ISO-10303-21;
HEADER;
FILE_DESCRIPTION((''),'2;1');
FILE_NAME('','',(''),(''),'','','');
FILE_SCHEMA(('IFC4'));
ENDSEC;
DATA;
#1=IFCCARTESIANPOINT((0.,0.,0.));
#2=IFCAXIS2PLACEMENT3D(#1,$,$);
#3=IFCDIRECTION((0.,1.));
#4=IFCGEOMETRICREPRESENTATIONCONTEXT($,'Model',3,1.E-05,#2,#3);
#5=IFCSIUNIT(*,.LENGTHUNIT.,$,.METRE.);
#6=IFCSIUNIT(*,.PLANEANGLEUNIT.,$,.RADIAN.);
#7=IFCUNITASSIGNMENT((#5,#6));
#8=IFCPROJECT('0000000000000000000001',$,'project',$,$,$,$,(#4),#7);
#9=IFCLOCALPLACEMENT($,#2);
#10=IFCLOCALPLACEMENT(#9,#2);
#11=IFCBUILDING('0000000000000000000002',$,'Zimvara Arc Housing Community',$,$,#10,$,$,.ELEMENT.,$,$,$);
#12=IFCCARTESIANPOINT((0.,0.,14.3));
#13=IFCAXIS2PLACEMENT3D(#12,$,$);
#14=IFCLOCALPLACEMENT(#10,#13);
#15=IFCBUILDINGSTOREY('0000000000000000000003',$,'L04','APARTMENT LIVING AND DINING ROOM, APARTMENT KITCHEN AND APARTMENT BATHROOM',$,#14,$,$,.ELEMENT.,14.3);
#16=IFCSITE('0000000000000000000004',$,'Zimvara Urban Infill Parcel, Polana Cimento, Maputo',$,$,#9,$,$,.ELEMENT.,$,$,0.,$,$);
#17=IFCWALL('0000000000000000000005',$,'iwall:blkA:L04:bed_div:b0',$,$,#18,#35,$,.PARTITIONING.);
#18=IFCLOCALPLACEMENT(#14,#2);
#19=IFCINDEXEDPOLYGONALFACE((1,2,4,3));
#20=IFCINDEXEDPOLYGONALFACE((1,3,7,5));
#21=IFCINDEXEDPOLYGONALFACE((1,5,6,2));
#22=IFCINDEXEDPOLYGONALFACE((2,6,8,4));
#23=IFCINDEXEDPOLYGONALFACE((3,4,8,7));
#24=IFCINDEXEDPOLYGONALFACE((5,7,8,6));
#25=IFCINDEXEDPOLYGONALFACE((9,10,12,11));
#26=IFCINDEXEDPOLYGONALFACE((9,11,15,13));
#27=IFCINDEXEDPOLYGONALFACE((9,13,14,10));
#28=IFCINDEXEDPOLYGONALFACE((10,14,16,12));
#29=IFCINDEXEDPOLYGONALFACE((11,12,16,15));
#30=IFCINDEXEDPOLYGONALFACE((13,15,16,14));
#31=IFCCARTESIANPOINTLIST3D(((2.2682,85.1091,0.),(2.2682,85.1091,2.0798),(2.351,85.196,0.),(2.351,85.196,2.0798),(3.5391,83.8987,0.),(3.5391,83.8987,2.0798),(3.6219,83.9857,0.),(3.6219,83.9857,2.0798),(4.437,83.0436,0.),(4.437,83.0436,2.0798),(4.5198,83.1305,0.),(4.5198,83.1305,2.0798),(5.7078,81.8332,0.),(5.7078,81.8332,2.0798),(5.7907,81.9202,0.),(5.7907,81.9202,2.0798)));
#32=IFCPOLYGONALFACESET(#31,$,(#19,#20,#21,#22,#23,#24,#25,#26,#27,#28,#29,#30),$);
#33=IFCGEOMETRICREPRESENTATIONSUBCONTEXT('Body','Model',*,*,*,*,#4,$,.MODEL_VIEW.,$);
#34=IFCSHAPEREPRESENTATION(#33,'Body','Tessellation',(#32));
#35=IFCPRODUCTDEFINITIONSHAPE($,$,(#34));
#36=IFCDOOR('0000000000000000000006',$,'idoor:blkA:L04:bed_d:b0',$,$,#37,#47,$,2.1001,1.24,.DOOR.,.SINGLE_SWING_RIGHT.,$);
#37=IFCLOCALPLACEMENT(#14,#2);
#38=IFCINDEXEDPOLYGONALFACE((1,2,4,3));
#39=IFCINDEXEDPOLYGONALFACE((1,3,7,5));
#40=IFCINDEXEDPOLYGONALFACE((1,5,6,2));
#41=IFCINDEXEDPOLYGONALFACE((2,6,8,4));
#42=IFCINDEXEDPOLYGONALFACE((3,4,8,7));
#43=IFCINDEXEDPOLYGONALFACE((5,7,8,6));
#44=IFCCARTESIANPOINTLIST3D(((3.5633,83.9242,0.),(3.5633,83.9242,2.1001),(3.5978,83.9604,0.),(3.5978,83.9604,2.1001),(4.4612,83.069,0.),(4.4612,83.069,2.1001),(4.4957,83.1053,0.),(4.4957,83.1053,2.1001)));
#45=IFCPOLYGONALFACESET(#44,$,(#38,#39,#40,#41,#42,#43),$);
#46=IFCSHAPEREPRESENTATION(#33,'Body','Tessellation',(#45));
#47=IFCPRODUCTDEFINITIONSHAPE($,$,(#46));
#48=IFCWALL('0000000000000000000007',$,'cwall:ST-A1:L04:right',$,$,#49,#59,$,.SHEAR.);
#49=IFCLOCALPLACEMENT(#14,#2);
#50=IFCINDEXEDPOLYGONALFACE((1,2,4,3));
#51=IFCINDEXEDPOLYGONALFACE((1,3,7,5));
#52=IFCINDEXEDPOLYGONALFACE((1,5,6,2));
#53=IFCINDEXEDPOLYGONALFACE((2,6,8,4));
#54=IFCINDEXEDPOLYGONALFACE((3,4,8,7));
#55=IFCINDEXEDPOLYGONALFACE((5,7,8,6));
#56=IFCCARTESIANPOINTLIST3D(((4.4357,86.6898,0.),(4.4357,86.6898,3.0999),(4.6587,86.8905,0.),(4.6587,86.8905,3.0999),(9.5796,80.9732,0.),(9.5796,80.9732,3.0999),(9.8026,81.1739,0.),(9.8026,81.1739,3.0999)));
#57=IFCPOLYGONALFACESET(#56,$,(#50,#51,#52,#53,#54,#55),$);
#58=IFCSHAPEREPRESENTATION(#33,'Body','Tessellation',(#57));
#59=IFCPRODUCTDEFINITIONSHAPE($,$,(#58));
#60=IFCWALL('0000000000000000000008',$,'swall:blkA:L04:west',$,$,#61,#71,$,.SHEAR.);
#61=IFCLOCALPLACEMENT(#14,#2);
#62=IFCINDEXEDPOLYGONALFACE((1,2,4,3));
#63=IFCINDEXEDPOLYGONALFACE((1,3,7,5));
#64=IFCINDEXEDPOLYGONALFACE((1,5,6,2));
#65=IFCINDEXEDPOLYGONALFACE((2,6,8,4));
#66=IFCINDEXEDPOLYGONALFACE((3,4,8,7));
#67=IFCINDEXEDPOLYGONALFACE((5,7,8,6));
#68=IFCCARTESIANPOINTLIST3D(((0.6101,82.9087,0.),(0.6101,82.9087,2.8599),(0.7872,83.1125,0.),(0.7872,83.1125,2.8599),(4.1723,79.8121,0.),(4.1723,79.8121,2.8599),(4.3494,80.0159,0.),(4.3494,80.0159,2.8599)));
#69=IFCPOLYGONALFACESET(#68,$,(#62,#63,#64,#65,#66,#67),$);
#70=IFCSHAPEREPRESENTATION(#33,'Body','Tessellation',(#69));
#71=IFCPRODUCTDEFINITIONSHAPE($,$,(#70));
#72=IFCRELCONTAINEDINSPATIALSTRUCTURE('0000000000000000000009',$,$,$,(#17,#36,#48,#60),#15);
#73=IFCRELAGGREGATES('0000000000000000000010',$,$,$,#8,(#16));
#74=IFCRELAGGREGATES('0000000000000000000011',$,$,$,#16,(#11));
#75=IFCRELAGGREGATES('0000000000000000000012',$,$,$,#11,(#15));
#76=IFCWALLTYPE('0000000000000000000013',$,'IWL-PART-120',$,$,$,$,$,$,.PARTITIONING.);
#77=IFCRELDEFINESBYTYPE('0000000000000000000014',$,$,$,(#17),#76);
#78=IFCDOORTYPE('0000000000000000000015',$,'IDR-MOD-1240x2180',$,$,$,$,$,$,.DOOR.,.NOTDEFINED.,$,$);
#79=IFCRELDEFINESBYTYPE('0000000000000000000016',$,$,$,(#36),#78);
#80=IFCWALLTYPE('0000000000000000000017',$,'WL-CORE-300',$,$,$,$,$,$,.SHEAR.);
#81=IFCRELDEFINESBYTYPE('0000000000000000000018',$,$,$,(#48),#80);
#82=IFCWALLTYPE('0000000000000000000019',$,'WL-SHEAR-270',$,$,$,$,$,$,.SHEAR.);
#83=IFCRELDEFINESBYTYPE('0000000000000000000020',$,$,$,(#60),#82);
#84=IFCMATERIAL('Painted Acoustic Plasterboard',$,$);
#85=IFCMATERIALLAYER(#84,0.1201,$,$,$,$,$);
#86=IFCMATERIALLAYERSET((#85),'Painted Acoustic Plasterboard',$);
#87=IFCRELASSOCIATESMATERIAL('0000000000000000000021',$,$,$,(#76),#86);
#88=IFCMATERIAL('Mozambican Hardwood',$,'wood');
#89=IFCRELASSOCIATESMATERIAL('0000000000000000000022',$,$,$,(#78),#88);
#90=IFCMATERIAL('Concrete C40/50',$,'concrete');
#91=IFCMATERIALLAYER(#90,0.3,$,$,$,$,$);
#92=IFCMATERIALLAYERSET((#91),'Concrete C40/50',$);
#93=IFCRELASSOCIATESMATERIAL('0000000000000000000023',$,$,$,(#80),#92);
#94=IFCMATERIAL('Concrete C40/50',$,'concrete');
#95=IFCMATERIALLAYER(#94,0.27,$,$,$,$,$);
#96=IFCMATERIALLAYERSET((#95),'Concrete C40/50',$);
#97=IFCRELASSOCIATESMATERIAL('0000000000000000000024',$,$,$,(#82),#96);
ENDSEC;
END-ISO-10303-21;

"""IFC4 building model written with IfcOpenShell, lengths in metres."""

from ifc_helpers import new_model, si_unit, direction, frame, frame_2d, origin, place, context, subcontext, project, spatial, rectangle, extrude, material, layer, layer_set, type_object, element, fill, save


model = new_model("IFC4")

# Units and contexts
model_context = context("Model", 3, precision=1e-05, world=origin(), true_north=direction((0.0, 1.0)))
body_context = subcontext(model_context, "Body", "Model", "MODEL_VIEW")
ifc_project = project(units=[si_unit("LENGTHUNIT", "METRE"), si_unit("PLANEANGLEUNIT", "RADIAN")], contexts=[model_context])

# Site, building, storey
site_placement = place(None, origin())
site = spatial("IfcSite", under=ifc_project, at=site_placement, Name="Zimvara Urban Infill Parcel, Polana Cimento, Maputo", CompositionType="ELEMENT", RefElevation=0.0)
building_placement = place(site_placement, origin())
building = spatial("IfcBuilding", under=site, at=building_placement, Name="Zimvara Arc Housing Community", CompositionType="ELEMENT")
storey_placement = place(building_placement, frame((0.0, 0.0, 14.3)))
storey = spatial("IfcBuildingStorey", under=building, at=storey_placement, Name="L04", Description="APARTMENT LIVING AND DINING ROOM, APARTMENT KITCHEN AND APARTMENT BATHROOM", CompositionType="ELEMENT", Elevation=14.3)

# Shared definitions
ifc_material_1 = material(Name="Painted Acoustic Plasterboard")
ifc_layer_1 = layer(ifc_material_1, 0.1201)
ifc_layer_set_1 = layer_set([ifc_layer_1], Name="Painted Acoustic Plasterboard")
wall_type_1 = type_object("IfcWallType", Name="IWL-PART-120", PredefinedType="PARTITIONING", material=ifc_layer_set_1)

# Wall, opening, door
wall_1_placement = place(storey_placement, frame((5.7493, 81.8767, 0.0), z_axis=(0.0, 0.0, 1.0), x_axis=(-0.72414, 0.689653, 0.0)))
wall_1 = element("IfcWall", 1, at=wall_1_placement, inside=storey, type_object=wall_type_1, Name="iwall:blkA:L04:bed_div:b0", PredefinedType="PARTITIONING", context=body_context, shape_type="SweptSolid", body=[
    extrude(rectangle(XDim=4.75, YDim=0.1201, at=frame_2d((2.375, 0.0))), origin(), (0.0, 0.0, 1.0), 2.0798),
])
opening_1_placement = place(wall_1_placement, frame((1.7549, 0.0, 0.0)))
opening_1 = element("IfcOpeningElement", 2, at=opening_1_placement, cuts=wall_1, PredefinedType="OPENING", context=body_context, shape_type="SweptSolid", body=[
    extrude(rectangle(XDim=1.24, YDim=2.1001, at=frame_2d((0.6201, 1.05))), frame((0.0, 0.0701, 0.0), z_axis=(0.0, -1.0, 0.0), x_axis=(1.0, 0.0, 0.0)), (0.0, 0.0, 1.0), 0.1401),
])
ifc_material_2 = material(Name="Mozambican Hardwood", Category="wood")
door_type_1 = type_object("IfcDoorType", Name="IDR-MOD-1240x2180", OperationType="NOTDEFINED", PredefinedType="DOOR", material=ifc_material_2)
door_1_placement = place(opening_1_placement, origin())
door_1 = element("IfcDoor", 3, at=door_1_placement, inside=storey, type_object=door_type_1, Name="idoor:blkA:L04:bed_d:b0", OperationType="SINGLE_SWING_RIGHT", OverallHeight=2.1001, OverallWidth=1.24, PredefinedType="DOOR", context=body_context, shape_type="SweptSolid", body=[
    extrude(rectangle(XDim=1.24, YDim=2.1001, at=frame_2d((0.6201, 1.05))), frame((0.0, 0.0249, 0.0), z_axis=(0.0, -1.0, 0.0), x_axis=(1.0, 0.0, 0.0)), (0.0, 0.0, 1.0), 0.05),
])
fill(opening_1, door_1)

# Walls
ifc_material_3 = material(Name="Concrete C40/50", Category="concrete")
ifc_layer_2 = layer(ifc_material_3, 0.3)
ifc_layer_set_2 = layer_set([ifc_layer_2], Name="Concrete C40/50")
wall_type_2 = type_object("IfcWallType", Name="WL-CORE-300", PredefinedType="SHEAR", material=ifc_layer_set_2)
wall_2_placement = place(storey_placement, frame((9.6912, 81.0735, 0.0), z_axis=(0.0, 0.0, 1.0), x_axis=(-0.668886, 0.743365, 0.0)))
element("IfcWall", 4, at=wall_2_placement, inside=storey, type_object=wall_type_2, Name="cwall:ST-A1:L04:right", PredefinedType="SHEAR", context=body_context, shape_type="SweptSolid", body=[
    extrude(rectangle(XDim=7.6902, YDim=0.3, at=frame_2d((3.8452, 0.0))), origin(), (0.0, 0.0, 1.0), 3.0999),
])
ifc_material_4 = material(Name="Concrete C40/50", Category="concrete")
ifc_layer_3 = layer(ifc_material_4, 0.27)
ifc_layer_set_3 = layer_set([ifc_layer_3], Name="Concrete C40/50")
wall_type_3 = type_object("IfcWallType", Name="WL-SHEAR-270", PredefinedType="SHEAR", material=ifc_layer_set_3)
wall_3_placement = place(storey_placement, frame((4.2607, 79.9141, 0.0), z_axis=(0.0, 0.0, 1.0), x_axis=(-0.754704, 0.656066, 0.0)))
element("IfcWall", 5, at=wall_3_placement, inside=storey, type_object=wall_type_3, Name="swall:blkA:L04:west", PredefinedType="SHEAR", context=body_context, shape_type="SweptSolid", body=[
    extrude(rectangle(XDim=4.72, YDim=0.27, at=frame_2d((2.3599, 0.0))), origin(), (0.0, 0.0, 1.0), 2.8599),
])

save(model, "model.ifc")
